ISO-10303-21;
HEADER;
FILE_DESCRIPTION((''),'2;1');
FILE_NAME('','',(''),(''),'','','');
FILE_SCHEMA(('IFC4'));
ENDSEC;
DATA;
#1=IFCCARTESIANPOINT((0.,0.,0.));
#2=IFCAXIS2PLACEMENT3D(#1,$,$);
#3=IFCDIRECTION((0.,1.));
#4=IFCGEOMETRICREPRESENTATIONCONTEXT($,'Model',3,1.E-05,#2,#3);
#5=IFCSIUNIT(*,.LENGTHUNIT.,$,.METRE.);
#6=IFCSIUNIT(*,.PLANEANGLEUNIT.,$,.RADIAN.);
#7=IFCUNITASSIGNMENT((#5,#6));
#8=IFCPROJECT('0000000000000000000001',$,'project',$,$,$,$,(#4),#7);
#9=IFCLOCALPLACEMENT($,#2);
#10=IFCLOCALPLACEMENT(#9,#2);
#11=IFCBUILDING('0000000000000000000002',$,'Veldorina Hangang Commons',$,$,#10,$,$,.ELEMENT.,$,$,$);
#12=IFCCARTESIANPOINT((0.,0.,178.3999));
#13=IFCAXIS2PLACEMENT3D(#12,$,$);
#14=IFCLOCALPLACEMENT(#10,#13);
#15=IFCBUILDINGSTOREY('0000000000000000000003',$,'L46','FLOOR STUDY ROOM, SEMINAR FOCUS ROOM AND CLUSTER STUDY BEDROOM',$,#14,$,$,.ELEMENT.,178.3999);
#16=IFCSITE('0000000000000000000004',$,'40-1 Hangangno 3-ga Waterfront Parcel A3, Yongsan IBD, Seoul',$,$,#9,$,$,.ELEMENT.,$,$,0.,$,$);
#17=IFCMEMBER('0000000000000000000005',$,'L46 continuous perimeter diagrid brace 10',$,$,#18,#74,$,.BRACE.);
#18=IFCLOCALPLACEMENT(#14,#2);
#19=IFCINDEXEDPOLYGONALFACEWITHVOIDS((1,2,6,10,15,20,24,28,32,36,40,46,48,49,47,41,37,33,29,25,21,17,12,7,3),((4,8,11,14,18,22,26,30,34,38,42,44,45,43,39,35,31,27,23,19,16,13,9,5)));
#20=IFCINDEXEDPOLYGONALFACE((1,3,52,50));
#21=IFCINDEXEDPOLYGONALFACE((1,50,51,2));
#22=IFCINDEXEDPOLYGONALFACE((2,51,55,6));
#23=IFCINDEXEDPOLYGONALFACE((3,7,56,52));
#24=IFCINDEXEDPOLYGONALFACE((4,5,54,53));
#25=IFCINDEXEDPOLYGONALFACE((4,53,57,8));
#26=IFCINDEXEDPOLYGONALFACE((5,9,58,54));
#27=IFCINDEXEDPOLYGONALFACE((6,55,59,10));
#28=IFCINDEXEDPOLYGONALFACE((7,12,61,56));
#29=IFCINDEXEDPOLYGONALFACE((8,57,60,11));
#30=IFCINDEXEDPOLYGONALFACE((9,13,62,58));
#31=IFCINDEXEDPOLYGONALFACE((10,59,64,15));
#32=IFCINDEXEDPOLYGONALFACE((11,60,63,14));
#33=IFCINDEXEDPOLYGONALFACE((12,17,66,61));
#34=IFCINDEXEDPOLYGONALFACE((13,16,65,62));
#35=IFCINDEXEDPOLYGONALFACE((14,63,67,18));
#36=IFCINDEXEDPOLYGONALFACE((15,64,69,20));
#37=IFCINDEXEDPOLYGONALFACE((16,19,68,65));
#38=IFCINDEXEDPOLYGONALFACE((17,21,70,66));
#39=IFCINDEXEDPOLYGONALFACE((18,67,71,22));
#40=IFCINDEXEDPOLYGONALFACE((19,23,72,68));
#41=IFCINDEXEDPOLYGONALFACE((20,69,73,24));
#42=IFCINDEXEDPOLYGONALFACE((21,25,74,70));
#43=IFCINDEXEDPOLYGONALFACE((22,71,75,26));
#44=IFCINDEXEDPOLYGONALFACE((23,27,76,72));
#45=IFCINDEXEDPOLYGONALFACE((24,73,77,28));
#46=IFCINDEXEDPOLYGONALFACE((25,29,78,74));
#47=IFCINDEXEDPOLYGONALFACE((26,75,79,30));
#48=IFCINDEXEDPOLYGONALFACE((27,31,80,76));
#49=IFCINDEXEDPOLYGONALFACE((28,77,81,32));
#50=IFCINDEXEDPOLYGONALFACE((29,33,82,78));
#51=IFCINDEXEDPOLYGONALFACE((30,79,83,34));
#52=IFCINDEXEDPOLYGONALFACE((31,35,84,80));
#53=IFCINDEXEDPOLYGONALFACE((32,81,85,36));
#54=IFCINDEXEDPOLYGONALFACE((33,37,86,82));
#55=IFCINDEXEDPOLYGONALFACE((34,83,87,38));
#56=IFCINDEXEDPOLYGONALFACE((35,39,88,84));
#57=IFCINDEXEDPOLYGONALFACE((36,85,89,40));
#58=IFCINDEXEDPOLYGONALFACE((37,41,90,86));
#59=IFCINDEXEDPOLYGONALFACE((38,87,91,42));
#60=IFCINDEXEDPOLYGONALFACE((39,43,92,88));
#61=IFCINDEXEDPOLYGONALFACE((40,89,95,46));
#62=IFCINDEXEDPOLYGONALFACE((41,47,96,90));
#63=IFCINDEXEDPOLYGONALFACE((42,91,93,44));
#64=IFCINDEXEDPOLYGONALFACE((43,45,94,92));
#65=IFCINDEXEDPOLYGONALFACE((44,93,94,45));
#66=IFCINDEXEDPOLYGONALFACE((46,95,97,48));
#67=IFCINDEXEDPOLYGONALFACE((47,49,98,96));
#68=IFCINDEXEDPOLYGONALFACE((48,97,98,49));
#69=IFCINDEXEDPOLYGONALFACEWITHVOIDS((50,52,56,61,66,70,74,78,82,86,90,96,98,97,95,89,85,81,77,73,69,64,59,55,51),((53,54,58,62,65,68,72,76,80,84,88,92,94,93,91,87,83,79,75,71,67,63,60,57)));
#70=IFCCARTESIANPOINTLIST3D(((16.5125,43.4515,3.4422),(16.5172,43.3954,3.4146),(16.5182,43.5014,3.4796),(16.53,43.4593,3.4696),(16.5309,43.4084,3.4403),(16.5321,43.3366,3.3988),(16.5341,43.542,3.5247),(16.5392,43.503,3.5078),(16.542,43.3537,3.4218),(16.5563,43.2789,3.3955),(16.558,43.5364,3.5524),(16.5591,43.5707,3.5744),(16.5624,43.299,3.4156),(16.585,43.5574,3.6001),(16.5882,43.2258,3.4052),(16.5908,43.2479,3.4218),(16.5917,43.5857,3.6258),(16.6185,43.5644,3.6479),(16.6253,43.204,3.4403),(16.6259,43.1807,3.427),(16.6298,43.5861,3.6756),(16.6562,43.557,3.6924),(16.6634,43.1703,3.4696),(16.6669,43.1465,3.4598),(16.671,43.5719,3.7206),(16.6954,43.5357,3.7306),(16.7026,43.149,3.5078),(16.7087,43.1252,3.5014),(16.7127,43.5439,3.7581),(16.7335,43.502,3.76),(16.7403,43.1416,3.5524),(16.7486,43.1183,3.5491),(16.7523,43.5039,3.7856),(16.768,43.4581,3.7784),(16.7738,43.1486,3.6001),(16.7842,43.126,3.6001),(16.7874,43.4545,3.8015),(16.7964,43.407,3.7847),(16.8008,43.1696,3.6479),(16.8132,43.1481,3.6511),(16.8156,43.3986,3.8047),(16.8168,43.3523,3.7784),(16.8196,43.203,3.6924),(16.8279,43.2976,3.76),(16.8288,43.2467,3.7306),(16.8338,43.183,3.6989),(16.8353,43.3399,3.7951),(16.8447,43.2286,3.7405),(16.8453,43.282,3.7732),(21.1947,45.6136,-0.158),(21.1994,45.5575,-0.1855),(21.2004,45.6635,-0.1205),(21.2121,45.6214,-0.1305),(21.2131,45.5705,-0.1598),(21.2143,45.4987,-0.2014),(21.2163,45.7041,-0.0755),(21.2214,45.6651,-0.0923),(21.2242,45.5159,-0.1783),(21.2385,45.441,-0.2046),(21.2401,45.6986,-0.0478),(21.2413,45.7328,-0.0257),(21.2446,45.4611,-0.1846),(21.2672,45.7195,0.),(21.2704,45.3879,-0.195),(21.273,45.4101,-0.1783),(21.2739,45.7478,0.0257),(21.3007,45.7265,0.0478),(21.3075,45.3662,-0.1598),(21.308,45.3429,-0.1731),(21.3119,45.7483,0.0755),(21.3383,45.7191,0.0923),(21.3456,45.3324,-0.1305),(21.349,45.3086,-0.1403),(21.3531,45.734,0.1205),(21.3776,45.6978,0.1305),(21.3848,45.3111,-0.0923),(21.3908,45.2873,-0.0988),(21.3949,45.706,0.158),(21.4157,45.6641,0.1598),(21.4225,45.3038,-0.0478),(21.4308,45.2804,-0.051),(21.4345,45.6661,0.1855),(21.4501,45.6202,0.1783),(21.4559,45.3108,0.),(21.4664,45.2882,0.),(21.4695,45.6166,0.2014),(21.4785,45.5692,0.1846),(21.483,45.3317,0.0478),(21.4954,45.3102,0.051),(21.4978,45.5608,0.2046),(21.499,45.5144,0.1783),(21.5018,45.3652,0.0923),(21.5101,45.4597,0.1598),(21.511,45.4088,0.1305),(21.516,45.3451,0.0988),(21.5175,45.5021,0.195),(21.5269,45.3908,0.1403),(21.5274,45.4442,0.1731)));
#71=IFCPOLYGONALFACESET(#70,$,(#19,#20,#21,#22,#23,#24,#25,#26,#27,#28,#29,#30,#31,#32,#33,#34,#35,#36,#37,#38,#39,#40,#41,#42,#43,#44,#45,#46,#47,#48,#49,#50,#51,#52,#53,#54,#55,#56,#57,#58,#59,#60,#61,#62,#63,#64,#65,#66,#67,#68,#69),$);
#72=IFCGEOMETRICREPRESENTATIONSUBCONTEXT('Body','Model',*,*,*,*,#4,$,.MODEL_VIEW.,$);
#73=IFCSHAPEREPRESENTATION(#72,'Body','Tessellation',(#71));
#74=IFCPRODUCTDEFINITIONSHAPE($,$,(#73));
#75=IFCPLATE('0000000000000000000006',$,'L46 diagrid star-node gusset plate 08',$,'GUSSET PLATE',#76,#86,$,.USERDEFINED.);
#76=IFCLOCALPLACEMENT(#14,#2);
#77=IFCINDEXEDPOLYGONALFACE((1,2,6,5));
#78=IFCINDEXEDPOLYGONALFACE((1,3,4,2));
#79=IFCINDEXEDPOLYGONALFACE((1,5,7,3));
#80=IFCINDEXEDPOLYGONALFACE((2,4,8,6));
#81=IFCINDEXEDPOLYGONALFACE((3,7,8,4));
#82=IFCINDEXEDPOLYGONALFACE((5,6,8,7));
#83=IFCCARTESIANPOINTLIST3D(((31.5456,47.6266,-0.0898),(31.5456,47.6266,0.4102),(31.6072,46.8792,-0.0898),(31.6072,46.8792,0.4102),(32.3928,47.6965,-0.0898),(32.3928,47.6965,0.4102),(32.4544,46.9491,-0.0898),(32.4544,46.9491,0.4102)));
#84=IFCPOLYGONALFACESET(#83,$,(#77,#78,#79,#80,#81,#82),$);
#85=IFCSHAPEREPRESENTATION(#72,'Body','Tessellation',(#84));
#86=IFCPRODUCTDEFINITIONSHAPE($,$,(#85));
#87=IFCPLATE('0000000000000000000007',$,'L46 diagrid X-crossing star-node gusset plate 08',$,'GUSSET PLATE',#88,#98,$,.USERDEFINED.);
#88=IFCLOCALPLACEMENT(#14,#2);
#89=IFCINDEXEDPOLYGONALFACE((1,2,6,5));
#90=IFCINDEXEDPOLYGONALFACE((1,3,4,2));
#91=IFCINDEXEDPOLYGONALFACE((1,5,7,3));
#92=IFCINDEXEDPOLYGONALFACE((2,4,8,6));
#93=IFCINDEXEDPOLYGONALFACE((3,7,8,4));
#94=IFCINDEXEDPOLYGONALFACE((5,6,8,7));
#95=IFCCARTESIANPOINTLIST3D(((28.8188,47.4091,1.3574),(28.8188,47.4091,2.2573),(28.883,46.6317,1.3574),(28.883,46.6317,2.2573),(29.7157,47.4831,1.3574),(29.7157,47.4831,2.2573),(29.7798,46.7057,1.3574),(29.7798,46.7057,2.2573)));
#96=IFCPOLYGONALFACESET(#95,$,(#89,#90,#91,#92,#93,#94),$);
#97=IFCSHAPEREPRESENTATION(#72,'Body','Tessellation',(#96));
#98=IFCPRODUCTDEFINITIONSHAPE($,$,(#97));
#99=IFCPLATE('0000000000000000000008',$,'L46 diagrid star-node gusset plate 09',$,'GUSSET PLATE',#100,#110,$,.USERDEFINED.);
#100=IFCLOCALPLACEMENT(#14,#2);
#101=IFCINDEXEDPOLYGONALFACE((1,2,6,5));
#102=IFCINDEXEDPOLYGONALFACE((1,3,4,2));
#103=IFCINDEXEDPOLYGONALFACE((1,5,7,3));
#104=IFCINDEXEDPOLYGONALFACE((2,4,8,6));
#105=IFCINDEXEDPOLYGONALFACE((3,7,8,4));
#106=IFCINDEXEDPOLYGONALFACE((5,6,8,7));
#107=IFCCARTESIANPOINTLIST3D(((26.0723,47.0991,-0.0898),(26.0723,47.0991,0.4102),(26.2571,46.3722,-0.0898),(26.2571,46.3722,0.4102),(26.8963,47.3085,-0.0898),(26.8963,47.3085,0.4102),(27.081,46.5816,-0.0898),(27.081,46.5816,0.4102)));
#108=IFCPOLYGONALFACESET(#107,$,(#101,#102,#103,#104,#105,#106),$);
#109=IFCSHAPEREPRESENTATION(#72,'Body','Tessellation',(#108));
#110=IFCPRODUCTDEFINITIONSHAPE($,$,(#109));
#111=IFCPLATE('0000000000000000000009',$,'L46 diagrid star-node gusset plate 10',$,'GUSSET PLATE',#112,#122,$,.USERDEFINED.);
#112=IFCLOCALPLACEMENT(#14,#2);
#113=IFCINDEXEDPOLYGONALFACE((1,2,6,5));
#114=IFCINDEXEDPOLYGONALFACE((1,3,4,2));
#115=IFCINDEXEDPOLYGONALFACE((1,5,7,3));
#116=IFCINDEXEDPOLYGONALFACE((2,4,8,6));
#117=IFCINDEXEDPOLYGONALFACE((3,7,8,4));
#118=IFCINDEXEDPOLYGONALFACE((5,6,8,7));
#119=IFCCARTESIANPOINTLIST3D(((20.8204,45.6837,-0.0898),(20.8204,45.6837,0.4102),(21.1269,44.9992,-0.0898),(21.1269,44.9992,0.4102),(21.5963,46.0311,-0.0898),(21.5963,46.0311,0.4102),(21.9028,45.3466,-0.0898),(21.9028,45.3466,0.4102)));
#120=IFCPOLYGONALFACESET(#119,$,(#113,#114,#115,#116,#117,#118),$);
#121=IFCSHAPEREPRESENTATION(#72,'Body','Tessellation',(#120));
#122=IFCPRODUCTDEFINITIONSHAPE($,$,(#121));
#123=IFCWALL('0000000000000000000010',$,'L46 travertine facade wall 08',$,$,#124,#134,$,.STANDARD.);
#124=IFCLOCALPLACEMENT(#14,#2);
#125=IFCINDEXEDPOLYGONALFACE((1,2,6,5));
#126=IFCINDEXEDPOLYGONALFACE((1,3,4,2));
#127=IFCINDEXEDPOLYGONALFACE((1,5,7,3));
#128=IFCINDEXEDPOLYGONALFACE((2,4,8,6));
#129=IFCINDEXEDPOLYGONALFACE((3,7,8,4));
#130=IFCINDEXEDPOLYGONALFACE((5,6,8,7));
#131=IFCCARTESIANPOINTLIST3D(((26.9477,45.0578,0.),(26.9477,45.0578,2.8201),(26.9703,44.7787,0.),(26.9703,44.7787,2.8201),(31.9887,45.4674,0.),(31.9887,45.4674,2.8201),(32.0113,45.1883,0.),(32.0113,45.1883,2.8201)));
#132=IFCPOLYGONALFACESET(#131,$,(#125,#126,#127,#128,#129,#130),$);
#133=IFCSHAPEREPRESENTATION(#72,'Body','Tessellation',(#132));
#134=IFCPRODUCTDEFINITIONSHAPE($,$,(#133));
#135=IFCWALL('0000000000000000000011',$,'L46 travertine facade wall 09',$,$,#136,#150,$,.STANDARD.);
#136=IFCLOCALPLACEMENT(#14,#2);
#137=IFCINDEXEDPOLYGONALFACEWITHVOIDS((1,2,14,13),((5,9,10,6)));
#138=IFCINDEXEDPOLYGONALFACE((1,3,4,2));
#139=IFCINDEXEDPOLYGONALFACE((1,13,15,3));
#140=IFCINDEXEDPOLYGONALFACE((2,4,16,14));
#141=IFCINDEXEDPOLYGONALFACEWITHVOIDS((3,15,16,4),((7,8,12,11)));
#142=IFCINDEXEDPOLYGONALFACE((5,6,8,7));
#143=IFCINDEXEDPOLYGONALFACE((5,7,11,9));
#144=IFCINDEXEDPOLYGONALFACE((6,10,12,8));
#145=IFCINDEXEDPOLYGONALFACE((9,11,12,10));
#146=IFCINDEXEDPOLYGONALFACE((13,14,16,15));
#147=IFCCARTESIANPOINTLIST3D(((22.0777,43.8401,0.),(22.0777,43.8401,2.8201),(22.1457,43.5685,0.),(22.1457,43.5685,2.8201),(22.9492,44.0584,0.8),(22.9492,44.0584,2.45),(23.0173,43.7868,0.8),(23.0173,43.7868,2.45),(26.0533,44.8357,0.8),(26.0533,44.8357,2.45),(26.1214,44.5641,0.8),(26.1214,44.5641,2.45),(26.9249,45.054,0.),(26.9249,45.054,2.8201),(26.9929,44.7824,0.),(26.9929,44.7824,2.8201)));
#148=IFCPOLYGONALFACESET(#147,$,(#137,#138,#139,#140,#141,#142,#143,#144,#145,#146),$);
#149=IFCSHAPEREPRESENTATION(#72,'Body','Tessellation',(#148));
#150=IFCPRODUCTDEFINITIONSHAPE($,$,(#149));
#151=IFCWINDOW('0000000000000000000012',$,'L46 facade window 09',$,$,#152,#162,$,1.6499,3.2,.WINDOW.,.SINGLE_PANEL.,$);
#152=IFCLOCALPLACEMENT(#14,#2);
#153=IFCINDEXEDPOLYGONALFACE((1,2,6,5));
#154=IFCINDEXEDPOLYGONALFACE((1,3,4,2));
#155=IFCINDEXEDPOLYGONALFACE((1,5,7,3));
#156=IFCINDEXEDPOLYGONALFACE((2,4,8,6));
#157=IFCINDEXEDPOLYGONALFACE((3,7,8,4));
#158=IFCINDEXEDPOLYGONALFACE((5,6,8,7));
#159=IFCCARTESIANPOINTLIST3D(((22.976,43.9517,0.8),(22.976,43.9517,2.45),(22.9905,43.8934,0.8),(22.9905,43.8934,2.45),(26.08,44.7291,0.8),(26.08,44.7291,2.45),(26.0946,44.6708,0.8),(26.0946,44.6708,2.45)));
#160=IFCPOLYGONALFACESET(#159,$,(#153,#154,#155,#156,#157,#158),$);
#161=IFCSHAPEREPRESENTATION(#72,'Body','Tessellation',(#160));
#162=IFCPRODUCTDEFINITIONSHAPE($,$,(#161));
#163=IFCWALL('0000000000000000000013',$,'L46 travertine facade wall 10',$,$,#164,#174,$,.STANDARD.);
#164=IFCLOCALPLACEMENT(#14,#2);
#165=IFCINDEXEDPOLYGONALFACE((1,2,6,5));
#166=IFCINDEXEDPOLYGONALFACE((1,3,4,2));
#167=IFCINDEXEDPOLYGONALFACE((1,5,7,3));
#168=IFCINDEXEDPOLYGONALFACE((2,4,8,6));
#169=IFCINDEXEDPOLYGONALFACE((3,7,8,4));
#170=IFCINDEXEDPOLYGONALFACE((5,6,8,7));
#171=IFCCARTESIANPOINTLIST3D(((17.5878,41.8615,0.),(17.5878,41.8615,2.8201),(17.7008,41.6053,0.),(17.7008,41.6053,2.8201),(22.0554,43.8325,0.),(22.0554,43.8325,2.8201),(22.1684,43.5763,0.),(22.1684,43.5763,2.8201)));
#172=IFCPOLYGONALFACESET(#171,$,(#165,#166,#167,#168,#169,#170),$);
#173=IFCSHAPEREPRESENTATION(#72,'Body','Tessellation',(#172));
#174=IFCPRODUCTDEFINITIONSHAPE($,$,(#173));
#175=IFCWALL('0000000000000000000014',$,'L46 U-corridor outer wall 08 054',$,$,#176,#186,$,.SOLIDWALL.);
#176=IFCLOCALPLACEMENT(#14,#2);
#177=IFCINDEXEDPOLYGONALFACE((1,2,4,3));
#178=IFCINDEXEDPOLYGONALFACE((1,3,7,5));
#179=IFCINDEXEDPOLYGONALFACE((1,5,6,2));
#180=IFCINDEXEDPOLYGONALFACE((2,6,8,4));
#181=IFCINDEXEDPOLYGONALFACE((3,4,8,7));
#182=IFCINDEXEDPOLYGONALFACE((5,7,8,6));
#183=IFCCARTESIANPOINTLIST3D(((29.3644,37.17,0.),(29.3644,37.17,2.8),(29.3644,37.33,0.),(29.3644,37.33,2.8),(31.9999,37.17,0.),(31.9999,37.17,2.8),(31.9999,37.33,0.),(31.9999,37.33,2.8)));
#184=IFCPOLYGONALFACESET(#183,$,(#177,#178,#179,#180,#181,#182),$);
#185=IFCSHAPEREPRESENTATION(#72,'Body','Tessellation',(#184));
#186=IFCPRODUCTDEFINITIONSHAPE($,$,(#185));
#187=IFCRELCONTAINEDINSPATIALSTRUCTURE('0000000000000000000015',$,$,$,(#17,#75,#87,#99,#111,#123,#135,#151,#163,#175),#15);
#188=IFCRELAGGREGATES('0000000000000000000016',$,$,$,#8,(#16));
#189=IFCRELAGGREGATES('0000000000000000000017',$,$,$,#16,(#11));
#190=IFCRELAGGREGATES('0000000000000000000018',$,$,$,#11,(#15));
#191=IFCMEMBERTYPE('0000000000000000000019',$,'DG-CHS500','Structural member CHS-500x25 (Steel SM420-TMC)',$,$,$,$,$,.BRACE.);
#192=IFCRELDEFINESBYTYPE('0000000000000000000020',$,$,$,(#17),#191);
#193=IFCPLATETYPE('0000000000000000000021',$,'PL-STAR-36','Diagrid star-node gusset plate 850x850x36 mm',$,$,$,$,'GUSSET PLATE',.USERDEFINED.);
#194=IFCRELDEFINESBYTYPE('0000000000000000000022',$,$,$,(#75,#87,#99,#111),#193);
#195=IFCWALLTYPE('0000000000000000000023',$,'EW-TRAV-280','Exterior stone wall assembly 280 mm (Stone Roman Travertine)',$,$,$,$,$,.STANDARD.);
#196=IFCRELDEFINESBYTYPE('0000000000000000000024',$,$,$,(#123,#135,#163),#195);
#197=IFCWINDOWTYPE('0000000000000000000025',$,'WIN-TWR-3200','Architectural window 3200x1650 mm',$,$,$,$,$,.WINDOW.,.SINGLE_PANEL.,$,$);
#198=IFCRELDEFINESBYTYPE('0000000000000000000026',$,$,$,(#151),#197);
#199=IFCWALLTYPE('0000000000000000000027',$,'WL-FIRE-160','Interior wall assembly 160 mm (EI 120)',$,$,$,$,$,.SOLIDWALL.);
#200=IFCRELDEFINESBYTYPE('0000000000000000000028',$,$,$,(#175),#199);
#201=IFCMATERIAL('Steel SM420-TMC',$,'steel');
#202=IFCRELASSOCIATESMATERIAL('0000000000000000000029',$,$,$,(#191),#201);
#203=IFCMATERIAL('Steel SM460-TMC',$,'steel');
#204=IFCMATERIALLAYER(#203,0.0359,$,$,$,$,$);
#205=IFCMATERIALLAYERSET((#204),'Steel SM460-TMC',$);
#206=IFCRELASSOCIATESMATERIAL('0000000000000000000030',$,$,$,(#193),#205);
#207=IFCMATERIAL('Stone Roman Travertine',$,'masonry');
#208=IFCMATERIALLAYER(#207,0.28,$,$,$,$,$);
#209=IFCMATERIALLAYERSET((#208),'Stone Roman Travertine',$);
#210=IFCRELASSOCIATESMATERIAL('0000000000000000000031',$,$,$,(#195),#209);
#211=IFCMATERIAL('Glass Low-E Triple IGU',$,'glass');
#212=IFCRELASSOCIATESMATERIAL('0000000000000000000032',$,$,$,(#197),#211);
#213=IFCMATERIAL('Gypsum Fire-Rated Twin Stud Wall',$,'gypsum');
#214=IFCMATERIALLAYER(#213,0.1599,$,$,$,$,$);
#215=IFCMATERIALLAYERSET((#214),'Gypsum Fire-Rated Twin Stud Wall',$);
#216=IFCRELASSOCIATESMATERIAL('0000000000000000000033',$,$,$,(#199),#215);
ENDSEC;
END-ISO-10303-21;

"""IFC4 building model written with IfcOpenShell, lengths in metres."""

from ifc_helpers import new_model, si_unit, direction, frame, frame_2d, origin, origin_2d, place, context, subcontext, project, spatial, rectangle, hollow_circle, extrude, material, layer, layer_set, material_profile, profile_set, type_object, element, fill, save


model = new_model("IFC4")

# Units and contexts
model_context = context("Model", 3, precision=1e-05, world=origin(), true_north=direction((0.0, 1.0)))
body_context = subcontext(model_context, "Body", "Model", "MODEL_VIEW")
ifc_project = project(units=[si_unit("LENGTHUNIT", "METRE"), si_unit("PLANEANGLEUNIT", "RADIAN")], contexts=[model_context])

# Site, building, storey
site_placement = place(None, origin())
site = spatial("IfcSite", under=ifc_project, at=site_placement, Name="40-1 Hangangno 3-ga Waterfront Parcel A3, Yongsan IBD, Seoul", CompositionType="ELEMENT", RefElevation=0.0)
building_placement = place(site_placement, origin())
building = spatial("IfcBuilding", under=site, at=building_placement, Name="Veldorina Hangang Commons", CompositionType="ELEMENT")
storey_placement = place(building_placement, frame((0.0, 0.0, 178.3999)))
storey = spatial("IfcBuildingStorey", under=building, at=storey_placement, Name="L46", Description="FLOOR STUDY ROOM, SEMINAR FOCUS ROOM AND CLUSTER STUDY BEDROOM", CompositionType="ELEMENT", Elevation=178.3999)

# Shared definitions
ifc_material_1 = material(Name="Steel SM420-TMC", Category="steel")

# Member
ifc_material_profile_1 = material_profile(ifc_material_1, hollow_circle(Radius=0.25, WallThickness=0.0249, at=origin_2d()), Name="CHS-500x25")
ifc_profile_set_1 = profile_set([ifc_material_profile_1], Name="Steel SM420-TMC")
member_type = type_object("IfcMemberType", Name="DG-CHS500", Description="Structural member CHS-500x25 (Steel SM420-TMC)", PredefinedType="BRACE", material=ifc_profile_set_1)
member_1_placement = place(storey_placement, frame((21.3616, 45.5151, 0.0), z_axis=(-0.744436, -0.343765, 0.572398), x_axis=(0.419238, -0.907876, 0.0)))
element("IfcMember", 1, at=member_1_placement, inside=storey, type_object=member_type, Name="L46 continuous perimeter diagrid brace 10", PredefinedType="BRACE", context=body_context, shape_type="SweptSolid", body=[
    extrude(hollow_circle(Radius=0.25, WallThickness=0.0249, at=origin_2d()), origin(), (0.0, 0.0, 1.0), 6.2896),
])

# Plates
ifc_material_2 = material(Name="Steel SM460-TMC", Category="steel")
ifc_layer_1 = layer(ifc_material_2, 0.0359)
ifc_layer_set_1 = layer_set([ifc_layer_1], Name="Steel SM460-TMC")
plate_type = type_object("IfcPlateType", Name="PL-STAR-36", Description="Diagrid star-node gusset plate 850x850x36 mm", ElementType="GUSSET PLATE", PredefinedType="USERDEFINED", material=ifc_layer_set_1)
plate_1_placement = place(storey_placement, frame((32.0, 47.2878, -0.0898), z_axis=(0.0, 0.0, 1.0), x_axis=(-0.996613, -0.082234, 0.0)))
element("IfcPlate", 2, at=plate_1_placement, inside=storey, type_object=plate_type, Name="L46 diagrid star-node gusset plate 08", ObjectType="GUSSET PLATE", PredefinedType="USERDEFINED", context=body_context, shape_type="SweptSolid", body=[
    extrude(rectangle(XDim=0.8501, YDim=0.75, at=origin_2d()), origin(), (0.0, 0.0, 1.0), 0.5),
])
plate_2_placement = place(storey_placement, frame((29.2993, 47.0574, 1.3574), z_axis=(0.0, 0.0, 1.0), x_axis=(-0.996613, -0.082234, 0.0)))
element("IfcPlate", 3, at=plate_2_placement, inside=storey, type_object=plate_type, Name="L46 diagrid X-crossing star-node gusset plate 08", ObjectType="GUSSET PLATE", PredefinedType="USERDEFINED", context=body_context, shape_type="SweptSolid", body=[
    extrude(rectangle(XDim=0.8999, YDim=0.78, at=origin_2d()), origin(), (0.0, 0.0, 1.0), 0.8999),
])
for number, where, z_axis, x_axis, name in (
    (4, (26.5767, 46.8403, -0.0898), (0.0, 0.0, 1.0), (-0.969197, -0.246289, 0.0), "L46 diagrid star-node gusset plate 09"),
    (5, (21.3616, 45.5151, -0.0898), (0.0, 0.0, 1.0), (-0.912684, -0.408665, 0.0), "L46 diagrid star-node gusset plate 10"),
):
    element("IfcPlate", number, at=place(storey_placement, frame(where, z_axis=z_axis, x_axis=x_axis)), inside=storey, type_object=plate_type, Name=name, ObjectType="GUSSET PLATE", PredefinedType="USERDEFINED", context=body_context, shape_type="SweptSolid", body=[
        extrude(rectangle(XDim=0.8501, YDim=0.75, at=origin_2d()), origin(), (0.0, 0.0, 1.0), 0.5),
    ])

# Wall
ifc_material_3 = material(Name="Stone Roman Travertine", Category="masonry")
ifc_layer_2 = layer(ifc_material_3, 0.28)
ifc_layer_set_2 = layer_set([ifc_layer_2], Name="Stone Roman Travertine")
wall_type_1 = type_object("IfcWallType", Name="EW-TRAV-280", Description="Exterior stone wall assembly 280 mm (Stone Roman Travertine)", PredefinedType="STANDARD", material=ifc_layer_set_2)
wall_1_placement = place(storey_placement, frame((32.0, 45.3279, 0.0), z_axis=(0.0, 0.0, 1.0), x_axis=(-0.996714, -0.081, 0.0)))
element("IfcWall", 6, at=wall_1_placement, inside=storey, type_object=wall_type_1, Name="L46 travertine facade wall 08", PredefinedType="STANDARD", context=body_context, shape_type="SweptSolid", body=[
    extrude(rectangle(XDim=5.0576, YDim=0.28, at=frame_2d((2.5288, 0.0))), origin(), (0.0, 0.0, 1.0), 2.8201),
])

# Wall, opening, window
wall_2_placement = place(storey_placement, frame((26.959, 44.9182, 0.0), z_axis=(0.0, 0.0, 1.0), x_axis=(-0.970045, -0.242926, 0.0)))
wall_2 = element("IfcWall", 7, at=wall_2_placement, inside=storey, type_object=wall_type_1, Name="L46 travertine facade wall 09", PredefinedType="STANDARD", context=body_context, shape_type="SweptSolid", body=[
    extrude(rectangle(XDim=4.9968, YDim=0.28, at=frame_2d((2.4985, 0.0))), origin(), (0.0, 0.0, 1.0), 2.8201),
])
opening_1_placement = place(wall_2_placement, frame((0.8984, 0.0, 0.8)))
opening_1 = element("IfcOpeningElement", 8, at=opening_1_placement, cuts=wall_2, PredefinedType="OPENING", context=body_context, shape_type="SweptSolid", body=[
    extrude(rectangle(XDim=3.2, YDim=1.6499, at=frame_2d((1.6001, 0.825))), frame((0.0, 0.1499, 0.0), z_axis=(0.0, -1.0, 0.0), x_axis=(1.0, 0.0, 0.0)), (0.0, 0.0, 1.0), 0.3),
])
ifc_material_4 = material(Name="Glass Low-E Triple IGU", Category="glass")
window_type = type_object("IfcWindowType", Name="WIN-TWR-3200", Description="Architectural window 3200x1650 mm", PartitioningType="SINGLE_PANEL", PredefinedType="WINDOW", material=ifc_material_4)
window_placement = place(opening_1_placement, origin())
window = element("IfcWindow", 9, at=window_placement, inside=storey, type_object=window_type, Name="L46 facade window 09", OverallHeight=1.6499, OverallWidth=3.2, PartitioningType="SINGLE_PANEL", PredefinedType="WINDOW", context=body_context, shape_type="SweptSolid", body=[
    extrude(rectangle(XDim=3.2, YDim=1.6499, at=frame_2d((1.6001, 0.825))), frame((0.0, 0.03, 0.0), z_axis=(0.0, -1.0, 0.0), x_axis=(1.0, 0.0, 0.0)), (0.0, 0.0, 1.0), 0.0601),
])
fill(opening_1, window)

# Walls
wall_3_placement = place(storey_placement, frame((22.1118, 43.7043, 0.0), z_axis=(0.0, 0.0, 1.0), x_axis=(-0.914919, -0.403637, 0.0)))
element("IfcWall", 10, at=wall_3_placement, inside=storey, type_object=wall_type_1, Name="L46 travertine facade wall 10", PredefinedType="STANDARD", context=body_context, shape_type="SweptSolid", body=[
    extrude(rectangle(XDim=4.8831, YDim=0.28, at=frame_2d((2.4414, 0.0))), origin(), (0.0, 0.0, 1.0), 2.8201),
])
ifc_material_5 = material(Name="Gypsum Fire-Rated Twin Stud Wall", Category="gypsum")
ifc_layer_3 = layer(ifc_material_5, 0.1599)
ifc_layer_set_3 = layer_set([ifc_layer_3], Name="Gypsum Fire-Rated Twin Stud Wall")
wall_type_2 = type_object("IfcWallType", Name="WL-FIRE-160", Description="Interior wall assembly 160 mm (EI 120)", PredefinedType="SOLIDWALL", material=ifc_layer_set_3)
wall_4_placement = place(storey_placement, frame((32.0, 37.25, 0.0), z_axis=(0.0, 0.0, 1.0), x_axis=(-1.0, 0.0, 0.0)))
element("IfcWall", 11, at=wall_4_placement, inside=storey, type_object=wall_type_2, Name="L46 U-corridor outer wall 08 054", PredefinedType="SOLIDWALL", context=body_context, shape_type="SweptSolid", body=[
    extrude(rectangle(XDim=2.6355, YDim=0.1599, at=frame_2d((1.3179, 0.0))), origin(), (0.0, 0.0, 1.0), 2.8),
])

save(model, "model.ifc")
